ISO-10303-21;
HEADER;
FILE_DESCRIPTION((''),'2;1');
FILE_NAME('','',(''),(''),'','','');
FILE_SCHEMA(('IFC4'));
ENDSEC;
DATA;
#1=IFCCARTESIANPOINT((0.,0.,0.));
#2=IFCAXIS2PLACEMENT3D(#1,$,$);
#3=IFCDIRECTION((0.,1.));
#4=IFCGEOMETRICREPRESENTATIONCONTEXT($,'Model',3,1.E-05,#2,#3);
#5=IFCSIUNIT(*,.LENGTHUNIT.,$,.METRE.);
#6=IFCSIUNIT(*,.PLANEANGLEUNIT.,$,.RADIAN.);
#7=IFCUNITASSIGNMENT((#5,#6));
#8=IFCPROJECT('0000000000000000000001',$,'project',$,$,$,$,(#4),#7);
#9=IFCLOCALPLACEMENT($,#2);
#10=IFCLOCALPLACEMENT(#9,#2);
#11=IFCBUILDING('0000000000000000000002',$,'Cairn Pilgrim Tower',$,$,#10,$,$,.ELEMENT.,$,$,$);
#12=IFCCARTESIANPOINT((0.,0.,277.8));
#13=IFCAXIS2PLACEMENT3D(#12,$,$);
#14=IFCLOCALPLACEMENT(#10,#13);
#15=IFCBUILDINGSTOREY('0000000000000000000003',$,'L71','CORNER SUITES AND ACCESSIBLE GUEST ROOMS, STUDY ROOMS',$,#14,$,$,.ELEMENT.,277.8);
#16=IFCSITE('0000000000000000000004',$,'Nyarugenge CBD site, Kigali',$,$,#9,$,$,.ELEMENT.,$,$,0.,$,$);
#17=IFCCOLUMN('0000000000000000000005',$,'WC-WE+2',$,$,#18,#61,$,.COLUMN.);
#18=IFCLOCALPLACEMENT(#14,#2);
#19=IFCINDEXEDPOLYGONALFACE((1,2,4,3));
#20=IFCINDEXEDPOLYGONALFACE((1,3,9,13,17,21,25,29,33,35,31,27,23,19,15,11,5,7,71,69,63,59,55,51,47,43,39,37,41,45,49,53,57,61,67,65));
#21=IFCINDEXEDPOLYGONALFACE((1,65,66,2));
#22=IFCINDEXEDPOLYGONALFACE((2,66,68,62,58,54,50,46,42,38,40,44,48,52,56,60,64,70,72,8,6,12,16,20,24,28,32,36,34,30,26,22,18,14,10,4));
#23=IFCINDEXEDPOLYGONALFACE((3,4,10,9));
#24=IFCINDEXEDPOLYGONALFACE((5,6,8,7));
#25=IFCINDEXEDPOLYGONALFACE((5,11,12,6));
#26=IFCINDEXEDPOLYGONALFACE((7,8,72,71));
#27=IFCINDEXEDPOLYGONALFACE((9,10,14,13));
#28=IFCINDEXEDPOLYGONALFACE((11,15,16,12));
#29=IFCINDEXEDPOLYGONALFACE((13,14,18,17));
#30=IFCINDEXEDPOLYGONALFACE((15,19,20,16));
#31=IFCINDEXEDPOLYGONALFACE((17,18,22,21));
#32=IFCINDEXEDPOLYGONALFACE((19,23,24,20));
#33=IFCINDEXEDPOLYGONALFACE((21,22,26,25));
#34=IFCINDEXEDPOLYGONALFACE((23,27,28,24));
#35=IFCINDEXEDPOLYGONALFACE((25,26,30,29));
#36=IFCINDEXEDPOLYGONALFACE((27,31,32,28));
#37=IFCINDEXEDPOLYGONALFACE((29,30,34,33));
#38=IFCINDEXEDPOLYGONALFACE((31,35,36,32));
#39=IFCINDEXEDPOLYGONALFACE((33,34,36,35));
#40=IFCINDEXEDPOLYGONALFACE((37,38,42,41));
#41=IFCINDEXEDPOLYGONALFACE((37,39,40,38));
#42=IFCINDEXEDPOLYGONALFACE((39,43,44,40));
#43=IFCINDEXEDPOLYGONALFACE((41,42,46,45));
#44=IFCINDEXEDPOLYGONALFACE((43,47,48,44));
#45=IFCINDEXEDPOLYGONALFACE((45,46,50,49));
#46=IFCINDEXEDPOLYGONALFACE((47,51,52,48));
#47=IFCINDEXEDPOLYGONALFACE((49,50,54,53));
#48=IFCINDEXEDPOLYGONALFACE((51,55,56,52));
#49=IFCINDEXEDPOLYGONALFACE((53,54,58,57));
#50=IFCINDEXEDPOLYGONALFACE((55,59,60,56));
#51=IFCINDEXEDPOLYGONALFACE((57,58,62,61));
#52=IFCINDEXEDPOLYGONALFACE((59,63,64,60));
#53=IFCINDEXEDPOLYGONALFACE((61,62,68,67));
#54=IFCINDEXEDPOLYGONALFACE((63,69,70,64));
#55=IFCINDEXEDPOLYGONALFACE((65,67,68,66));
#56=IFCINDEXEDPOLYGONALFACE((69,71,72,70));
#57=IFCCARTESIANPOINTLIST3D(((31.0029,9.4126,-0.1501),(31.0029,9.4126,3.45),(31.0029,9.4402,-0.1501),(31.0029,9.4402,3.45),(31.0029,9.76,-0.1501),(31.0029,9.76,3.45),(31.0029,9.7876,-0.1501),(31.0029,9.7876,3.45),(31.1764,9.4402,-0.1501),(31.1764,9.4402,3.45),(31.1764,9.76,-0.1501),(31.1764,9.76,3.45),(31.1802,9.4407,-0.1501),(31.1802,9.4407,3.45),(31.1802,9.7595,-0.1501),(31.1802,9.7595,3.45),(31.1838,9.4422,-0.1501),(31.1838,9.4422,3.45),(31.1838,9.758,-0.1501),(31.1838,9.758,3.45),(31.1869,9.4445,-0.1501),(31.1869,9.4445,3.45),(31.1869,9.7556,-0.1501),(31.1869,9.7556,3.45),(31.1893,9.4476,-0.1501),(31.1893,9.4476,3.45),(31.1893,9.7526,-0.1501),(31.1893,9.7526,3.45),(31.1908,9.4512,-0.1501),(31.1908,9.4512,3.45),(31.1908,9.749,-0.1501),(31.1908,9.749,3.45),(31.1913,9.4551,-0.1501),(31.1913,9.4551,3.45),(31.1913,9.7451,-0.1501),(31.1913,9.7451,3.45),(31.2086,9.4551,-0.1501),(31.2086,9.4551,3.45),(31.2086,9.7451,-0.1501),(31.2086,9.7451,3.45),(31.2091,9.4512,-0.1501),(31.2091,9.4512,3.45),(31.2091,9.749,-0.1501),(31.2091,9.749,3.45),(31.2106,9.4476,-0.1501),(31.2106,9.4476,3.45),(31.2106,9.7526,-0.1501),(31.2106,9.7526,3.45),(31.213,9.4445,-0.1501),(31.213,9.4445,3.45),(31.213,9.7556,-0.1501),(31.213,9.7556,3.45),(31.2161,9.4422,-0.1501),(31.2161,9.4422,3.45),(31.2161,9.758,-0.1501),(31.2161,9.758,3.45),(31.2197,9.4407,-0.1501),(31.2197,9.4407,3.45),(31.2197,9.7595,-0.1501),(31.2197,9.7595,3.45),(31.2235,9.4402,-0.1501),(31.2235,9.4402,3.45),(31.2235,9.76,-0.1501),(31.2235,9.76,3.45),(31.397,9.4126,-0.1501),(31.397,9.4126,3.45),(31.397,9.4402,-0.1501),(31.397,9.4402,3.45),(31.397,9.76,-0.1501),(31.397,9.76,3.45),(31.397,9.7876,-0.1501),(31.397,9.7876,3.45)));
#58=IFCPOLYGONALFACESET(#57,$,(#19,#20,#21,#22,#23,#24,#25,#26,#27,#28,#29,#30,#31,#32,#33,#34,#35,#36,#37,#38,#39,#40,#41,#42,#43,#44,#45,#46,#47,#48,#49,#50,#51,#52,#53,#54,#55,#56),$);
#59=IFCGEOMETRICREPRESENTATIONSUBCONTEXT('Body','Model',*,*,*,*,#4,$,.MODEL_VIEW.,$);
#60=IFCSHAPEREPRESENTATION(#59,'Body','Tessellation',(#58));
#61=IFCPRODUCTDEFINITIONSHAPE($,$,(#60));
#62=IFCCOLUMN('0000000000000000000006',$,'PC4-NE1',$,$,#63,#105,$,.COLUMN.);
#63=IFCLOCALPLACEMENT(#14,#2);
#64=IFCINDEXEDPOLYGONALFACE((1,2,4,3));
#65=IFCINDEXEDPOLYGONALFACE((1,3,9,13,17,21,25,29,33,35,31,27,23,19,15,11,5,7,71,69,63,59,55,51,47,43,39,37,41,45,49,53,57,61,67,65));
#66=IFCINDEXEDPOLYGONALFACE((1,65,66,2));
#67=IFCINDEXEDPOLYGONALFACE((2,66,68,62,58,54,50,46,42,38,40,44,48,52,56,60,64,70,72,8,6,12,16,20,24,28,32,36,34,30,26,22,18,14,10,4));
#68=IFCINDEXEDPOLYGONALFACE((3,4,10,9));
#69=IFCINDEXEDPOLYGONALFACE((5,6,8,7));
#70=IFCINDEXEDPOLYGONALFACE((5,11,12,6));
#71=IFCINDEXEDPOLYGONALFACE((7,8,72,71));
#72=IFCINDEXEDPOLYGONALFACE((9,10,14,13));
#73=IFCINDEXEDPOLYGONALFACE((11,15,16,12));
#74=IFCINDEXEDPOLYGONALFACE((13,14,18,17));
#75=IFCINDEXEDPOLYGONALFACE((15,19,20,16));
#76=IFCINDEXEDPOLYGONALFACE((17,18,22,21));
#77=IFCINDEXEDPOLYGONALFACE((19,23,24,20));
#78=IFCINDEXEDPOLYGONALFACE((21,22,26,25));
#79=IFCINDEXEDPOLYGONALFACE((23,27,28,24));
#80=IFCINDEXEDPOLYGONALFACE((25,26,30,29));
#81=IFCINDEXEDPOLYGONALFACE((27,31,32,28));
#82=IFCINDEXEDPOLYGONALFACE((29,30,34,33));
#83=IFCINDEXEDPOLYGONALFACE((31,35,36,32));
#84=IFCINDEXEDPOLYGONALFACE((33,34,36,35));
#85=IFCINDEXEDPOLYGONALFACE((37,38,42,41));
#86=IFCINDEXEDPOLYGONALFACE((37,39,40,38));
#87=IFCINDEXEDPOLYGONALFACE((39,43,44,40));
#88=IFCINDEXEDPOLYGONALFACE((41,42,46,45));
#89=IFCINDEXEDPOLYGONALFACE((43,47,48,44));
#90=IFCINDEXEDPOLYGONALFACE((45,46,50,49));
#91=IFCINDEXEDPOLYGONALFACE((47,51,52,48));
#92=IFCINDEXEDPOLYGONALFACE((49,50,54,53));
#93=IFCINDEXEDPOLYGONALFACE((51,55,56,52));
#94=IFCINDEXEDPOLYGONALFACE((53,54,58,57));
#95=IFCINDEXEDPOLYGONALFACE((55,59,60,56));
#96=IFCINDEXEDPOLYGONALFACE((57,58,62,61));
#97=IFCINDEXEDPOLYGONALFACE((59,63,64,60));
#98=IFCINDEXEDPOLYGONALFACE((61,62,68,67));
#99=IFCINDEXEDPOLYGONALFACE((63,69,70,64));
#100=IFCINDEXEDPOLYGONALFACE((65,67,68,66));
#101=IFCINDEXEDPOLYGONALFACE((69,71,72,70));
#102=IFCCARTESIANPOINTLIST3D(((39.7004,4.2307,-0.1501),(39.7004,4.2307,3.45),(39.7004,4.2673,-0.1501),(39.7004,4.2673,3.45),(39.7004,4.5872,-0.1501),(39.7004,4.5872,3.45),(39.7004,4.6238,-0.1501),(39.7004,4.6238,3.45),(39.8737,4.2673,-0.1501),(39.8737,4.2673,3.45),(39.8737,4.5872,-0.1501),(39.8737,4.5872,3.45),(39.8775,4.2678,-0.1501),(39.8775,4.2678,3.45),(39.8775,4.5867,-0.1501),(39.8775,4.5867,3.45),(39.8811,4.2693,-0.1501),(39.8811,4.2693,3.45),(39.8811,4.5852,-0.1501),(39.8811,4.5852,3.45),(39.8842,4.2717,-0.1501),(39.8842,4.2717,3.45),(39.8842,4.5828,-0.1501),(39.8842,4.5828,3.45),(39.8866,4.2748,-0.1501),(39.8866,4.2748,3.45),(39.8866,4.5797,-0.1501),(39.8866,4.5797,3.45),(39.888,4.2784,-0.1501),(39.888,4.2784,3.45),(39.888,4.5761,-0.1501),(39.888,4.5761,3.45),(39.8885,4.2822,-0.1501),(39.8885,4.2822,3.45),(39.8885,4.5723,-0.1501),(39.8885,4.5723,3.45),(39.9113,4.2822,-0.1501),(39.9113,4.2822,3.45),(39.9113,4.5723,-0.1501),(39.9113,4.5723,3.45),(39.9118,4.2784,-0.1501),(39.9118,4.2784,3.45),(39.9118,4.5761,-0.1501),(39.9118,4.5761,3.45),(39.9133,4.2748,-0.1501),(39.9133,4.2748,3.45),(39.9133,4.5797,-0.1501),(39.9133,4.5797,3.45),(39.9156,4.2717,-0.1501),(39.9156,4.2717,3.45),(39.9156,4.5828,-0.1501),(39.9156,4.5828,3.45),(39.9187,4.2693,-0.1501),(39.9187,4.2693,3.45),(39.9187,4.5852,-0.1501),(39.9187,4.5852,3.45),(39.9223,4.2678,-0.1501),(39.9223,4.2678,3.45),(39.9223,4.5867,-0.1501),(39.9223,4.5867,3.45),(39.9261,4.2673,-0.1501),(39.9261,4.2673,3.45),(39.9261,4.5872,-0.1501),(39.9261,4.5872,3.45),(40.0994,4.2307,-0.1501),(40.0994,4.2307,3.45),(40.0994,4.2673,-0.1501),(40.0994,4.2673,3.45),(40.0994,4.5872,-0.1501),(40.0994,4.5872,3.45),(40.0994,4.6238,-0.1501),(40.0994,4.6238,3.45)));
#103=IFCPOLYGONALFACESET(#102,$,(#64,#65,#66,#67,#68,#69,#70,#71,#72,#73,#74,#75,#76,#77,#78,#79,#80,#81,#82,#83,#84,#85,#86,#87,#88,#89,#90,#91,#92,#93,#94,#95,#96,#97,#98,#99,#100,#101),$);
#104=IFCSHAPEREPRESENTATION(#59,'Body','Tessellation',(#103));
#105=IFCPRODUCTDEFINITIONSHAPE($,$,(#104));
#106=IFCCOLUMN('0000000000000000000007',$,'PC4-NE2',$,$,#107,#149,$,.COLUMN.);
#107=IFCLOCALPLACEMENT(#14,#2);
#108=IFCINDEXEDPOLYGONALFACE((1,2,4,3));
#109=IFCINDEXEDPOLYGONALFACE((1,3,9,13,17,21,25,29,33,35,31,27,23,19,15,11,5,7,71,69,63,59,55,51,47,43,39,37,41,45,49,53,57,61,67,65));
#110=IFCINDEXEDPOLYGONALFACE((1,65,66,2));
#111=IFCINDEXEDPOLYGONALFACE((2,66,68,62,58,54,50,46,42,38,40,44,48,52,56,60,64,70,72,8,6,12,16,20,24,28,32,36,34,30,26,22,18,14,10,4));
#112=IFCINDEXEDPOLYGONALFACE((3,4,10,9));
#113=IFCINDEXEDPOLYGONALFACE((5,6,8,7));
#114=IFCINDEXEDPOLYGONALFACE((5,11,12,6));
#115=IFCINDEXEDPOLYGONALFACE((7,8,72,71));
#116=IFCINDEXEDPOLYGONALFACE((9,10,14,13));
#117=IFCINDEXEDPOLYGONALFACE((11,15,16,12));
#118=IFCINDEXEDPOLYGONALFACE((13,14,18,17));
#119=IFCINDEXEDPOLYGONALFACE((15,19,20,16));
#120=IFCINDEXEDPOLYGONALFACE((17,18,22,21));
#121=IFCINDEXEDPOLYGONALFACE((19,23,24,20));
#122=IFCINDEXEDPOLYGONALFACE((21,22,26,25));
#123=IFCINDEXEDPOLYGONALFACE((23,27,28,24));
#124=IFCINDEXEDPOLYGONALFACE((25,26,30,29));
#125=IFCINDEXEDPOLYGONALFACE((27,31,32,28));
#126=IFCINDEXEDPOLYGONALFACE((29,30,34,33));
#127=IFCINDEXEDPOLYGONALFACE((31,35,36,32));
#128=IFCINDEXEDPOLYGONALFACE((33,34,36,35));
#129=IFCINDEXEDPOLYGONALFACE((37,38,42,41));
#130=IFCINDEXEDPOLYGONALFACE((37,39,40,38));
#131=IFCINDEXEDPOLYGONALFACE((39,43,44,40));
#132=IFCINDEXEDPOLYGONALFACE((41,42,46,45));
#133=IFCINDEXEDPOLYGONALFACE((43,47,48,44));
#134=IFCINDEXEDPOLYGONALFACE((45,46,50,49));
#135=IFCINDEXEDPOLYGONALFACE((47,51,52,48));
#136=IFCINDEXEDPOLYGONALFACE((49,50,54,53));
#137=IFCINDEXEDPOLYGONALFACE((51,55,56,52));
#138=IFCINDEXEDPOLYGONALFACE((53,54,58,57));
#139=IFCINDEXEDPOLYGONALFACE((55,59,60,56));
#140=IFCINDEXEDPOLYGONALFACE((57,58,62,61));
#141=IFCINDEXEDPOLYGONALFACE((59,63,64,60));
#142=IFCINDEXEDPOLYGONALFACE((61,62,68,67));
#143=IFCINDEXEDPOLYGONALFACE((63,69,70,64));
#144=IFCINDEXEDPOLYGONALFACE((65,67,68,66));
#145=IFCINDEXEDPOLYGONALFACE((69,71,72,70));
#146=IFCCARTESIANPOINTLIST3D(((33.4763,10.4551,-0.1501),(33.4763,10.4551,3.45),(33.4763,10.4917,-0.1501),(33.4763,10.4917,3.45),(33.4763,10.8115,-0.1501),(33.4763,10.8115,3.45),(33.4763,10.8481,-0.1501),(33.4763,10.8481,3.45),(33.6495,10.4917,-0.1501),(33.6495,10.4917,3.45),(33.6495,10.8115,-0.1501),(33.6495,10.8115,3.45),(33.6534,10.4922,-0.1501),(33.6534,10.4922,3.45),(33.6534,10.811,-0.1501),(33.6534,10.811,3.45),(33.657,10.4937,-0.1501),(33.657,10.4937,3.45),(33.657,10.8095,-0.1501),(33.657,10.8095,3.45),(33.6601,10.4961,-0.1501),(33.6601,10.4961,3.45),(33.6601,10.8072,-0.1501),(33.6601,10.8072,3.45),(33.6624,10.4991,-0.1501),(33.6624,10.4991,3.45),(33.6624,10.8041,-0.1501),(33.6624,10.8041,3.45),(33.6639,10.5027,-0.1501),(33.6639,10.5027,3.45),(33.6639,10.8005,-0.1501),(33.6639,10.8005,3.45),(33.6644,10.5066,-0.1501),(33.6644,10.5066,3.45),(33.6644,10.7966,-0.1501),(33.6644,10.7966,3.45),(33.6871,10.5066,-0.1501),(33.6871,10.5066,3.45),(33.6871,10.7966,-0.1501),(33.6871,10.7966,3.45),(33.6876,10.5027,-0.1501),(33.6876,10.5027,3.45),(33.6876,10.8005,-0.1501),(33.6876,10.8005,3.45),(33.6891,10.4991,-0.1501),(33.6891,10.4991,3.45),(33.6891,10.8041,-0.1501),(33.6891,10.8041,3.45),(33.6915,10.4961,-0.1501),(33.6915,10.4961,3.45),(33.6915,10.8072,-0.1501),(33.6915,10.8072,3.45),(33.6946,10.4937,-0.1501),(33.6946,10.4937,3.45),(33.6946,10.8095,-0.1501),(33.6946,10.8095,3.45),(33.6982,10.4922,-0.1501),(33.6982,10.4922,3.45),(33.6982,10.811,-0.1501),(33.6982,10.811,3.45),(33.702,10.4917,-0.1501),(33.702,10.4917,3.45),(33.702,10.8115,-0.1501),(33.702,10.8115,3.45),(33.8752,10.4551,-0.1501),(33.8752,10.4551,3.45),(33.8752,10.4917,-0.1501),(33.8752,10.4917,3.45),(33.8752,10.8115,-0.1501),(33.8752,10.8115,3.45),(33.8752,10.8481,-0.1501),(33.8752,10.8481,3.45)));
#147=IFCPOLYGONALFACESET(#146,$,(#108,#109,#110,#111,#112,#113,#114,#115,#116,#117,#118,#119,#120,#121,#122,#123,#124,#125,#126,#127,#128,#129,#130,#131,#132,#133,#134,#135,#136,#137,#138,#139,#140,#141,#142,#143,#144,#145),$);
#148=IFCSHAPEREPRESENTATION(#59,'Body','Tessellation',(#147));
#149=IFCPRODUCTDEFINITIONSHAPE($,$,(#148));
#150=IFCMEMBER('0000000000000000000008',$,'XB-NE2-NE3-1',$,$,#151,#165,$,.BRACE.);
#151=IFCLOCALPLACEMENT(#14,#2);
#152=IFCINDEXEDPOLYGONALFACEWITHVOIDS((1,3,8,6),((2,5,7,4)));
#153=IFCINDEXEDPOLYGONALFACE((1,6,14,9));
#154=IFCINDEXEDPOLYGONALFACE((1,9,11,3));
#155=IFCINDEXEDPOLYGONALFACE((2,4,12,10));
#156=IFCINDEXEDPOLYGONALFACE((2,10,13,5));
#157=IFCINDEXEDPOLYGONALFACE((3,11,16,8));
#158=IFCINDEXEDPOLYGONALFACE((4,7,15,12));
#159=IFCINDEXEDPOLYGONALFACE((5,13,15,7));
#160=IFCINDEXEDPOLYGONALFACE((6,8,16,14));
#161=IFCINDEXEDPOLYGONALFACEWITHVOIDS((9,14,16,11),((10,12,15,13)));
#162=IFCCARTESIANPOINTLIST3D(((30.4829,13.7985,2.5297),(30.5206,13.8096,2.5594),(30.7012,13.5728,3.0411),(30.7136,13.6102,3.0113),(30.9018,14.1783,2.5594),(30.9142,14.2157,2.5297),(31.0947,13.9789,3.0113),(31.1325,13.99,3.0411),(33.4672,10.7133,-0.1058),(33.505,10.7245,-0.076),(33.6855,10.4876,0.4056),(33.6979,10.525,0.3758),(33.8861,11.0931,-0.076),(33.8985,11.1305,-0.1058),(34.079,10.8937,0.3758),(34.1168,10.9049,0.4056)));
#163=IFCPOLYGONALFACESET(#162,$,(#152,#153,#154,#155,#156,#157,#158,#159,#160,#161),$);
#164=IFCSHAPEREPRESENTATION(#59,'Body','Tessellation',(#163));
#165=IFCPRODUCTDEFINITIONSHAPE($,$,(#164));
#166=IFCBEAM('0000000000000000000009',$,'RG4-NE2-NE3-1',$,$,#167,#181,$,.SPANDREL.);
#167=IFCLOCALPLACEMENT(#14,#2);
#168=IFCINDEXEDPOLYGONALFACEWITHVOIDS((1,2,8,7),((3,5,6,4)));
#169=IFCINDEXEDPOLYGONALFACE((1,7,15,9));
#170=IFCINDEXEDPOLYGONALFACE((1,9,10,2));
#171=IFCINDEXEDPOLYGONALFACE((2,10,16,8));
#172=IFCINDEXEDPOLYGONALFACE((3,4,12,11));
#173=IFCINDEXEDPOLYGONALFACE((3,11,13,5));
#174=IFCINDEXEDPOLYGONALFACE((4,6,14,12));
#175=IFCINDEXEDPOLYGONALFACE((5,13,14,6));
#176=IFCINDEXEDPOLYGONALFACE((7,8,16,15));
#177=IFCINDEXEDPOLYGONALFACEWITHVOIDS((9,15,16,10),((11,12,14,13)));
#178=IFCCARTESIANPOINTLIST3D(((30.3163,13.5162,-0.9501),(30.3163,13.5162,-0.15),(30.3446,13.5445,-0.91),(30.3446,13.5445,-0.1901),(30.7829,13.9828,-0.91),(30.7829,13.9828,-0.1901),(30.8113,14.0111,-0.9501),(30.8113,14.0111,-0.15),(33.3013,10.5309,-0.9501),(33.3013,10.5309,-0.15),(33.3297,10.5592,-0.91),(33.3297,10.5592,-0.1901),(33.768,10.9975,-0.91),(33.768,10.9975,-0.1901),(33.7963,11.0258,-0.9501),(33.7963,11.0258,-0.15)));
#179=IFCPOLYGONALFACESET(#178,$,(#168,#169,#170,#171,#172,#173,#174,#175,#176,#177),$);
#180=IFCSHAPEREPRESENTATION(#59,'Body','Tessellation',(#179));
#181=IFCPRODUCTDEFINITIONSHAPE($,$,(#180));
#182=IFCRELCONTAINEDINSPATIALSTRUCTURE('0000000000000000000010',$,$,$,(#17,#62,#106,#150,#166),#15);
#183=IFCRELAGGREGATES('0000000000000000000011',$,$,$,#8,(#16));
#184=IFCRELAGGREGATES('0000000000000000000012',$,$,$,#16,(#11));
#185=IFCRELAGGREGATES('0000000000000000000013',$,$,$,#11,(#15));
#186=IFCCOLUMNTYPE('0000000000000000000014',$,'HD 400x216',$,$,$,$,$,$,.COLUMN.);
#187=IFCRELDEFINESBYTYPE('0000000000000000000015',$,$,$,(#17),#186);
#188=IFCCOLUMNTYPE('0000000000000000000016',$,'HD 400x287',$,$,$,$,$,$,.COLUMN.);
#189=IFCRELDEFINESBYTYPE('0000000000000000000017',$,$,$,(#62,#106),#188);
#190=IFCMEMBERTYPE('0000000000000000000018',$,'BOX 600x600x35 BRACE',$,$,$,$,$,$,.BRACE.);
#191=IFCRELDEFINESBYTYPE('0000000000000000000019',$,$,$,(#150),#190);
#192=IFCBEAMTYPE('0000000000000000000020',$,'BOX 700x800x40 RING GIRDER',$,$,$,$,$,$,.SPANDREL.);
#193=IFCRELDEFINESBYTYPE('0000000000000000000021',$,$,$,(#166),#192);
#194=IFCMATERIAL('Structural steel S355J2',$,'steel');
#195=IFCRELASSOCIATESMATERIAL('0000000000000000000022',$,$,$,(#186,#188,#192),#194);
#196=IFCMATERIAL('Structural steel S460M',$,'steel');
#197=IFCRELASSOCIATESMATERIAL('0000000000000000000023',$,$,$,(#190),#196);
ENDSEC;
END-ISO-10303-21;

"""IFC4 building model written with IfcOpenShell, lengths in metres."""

from ifc_helpers import new_model, si_unit, direction, frame, origin, origin_2d, place, context, subcontext, project, spatial, hollow_rectangle, i_section, extrude, material, material_profile, profile_set, type_object, element, save


model = new_model("IFC4")

# Units and contexts
model_context = context("Model", 3, precision=1e-05, world=origin(), true_north=direction((0.0, 1.0)))
body_context = subcontext(model_context, "Body", "Model", "MODEL_VIEW")
ifc_project = project(units=[si_unit("LENGTHUNIT", "METRE"), si_unit("PLANEANGLEUNIT", "RADIAN")], contexts=[model_context])

# Site, building, storey
site_placement = place(None, origin())
site = spatial("IfcSite", under=ifc_project, at=site_placement, Name="Nyarugenge CBD site, Kigali", CompositionType="ELEMENT", RefElevation=0.0)
building_placement = place(site_placement, origin())
building = spatial("IfcBuilding", under=site, at=building_placement, Name="Cairn Pilgrim Tower", CompositionType="ELEMENT")
storey_placement = place(building_placement, frame((0.0, 0.0, 277.8)))
storey = spatial("IfcBuildingStorey", under=building, at=storey_placement, Name="L71", Description="CORNER SUITES AND ACCESSIBLE GUEST ROOMS, STUDY ROOMS", CompositionType="ELEMENT", Elevation=277.8)

# Columns
ifc_material_1 = material(Name="Structural steel S355J2", Category="steel")
ifc_material_profile_1 = material_profile(ifc_material_1, i_section(OverallWidth=0.394, OverallDepth=0.375, WebThickness=0.0173, FlangeThickness=0.0276, FilletRadius=0.0149, at=origin_2d()), Name="HD 400x216")
ifc_profile_set_1 = profile_set([ifc_material_profile_1], Name="Structural steel S355J2")
column_type_1 = type_object("IfcColumnType", Name="HD 400x216", PredefinedType="COLUMN", material=ifc_profile_set_1)
column_placement = place(storey_placement, frame((31.2, 9.6001, -0.1501), z_axis=(0.0, 0.0, 1.0), x_axis=(1.0, 0.0, 0.0)))
element("IfcColumn", 1, at=column_placement, inside=storey, type_object=column_type_1, Name="WC-WE+2", PredefinedType="COLUMN", context=body_context, shape_type="SweptSolid", body=[
    extrude(i_section(OverallWidth=0.394, OverallDepth=0.375, WebThickness=0.0173, FlangeThickness=0.0276, FilletRadius=0.0149, at=origin_2d()), origin(), (0.0, 0.0, 1.0), 3.6001),
])
ifc_material_profile_2 = material_profile(ifc_material_1, i_section(OverallWidth=0.3989, OverallDepth=0.3931, WebThickness=0.0227, FlangeThickness=0.0366, FilletRadius=0.0149, at=origin_2d()), Name="HD 400x287")
ifc_profile_set_2 = profile_set([ifc_material_profile_2], Name="Structural steel S355J2")
column_type_2 = type_object("IfcColumnType", Name="HD 400x287", PredefinedType="COLUMN", material=ifc_profile_set_2)
for number, where, z_axis, x_axis, name in (
    (2, (39.8999, 4.4272, -0.1501), (0.0, 0.0, 1.0), (1.0, 0.0, 0.0), "PC4-NE1"),
    (3, (33.6758, 10.6516, -0.1501), (0.0, 0.0, 1.0), (1.0, 0.0, 0.0), "PC4-NE2"),
):
    element("IfcColumn", number, at=place(storey_placement, frame(where, z_axis=z_axis, x_axis=x_axis)), inside=storey, type_object=column_type_2, Name=name, PredefinedType="COLUMN", context=body_context, shape_type="SweptSolid", body=[
        extrude(i_section(OverallWidth=0.3989, OverallDepth=0.3931, WebThickness=0.0227, FlangeThickness=0.0366, FilletRadius=0.0149, at=origin_2d()), origin(), (0.0, 0.0, 1.0), 3.6001),
    ])

# Member
ifc_material_2 = material(Name="Structural steel S460M", Category="steel")
ifc_material_profile_3 = material_profile(ifc_material_2, hollow_rectangle(XDim=0.6001, YDim=0.6001, WallThickness=0.0349, at=origin_2d()), Name="BOX 600x600x35")
ifc_profile_set_3 = profile_set([ifc_material_profile_3], Name="Structural steel S460M")
member_type_1 = type_object("IfcMemberType", Name="BOX 600x600x35 BRACE", PredefinedType="BRACE", material=ifc_profile_set_3)
member_1_placement = place(storey_placement, frame((33.792, 10.8091, 0.1499), z_axis=(-0.592497, 0.612515, 0.523233), x_axis=(-0.718754, -0.695264, 0.0)))
element("IfcMember", 4, at=member_1_placement, inside=storey, type_object=member_type_1, Name="XB-NE2-NE3-1", PredefinedType="BRACE", context=body_context, shape_type="SweptSolid", body=[
    extrude(hollow_rectangle(XDim=0.6001, YDim=0.6001, WallThickness=0.0349, at=origin_2d()), origin(), (0.0, 0.0, 1.0), 5.0369),
])

# Beam
ifc_material_profile_4 = material_profile(ifc_material_1, hollow_rectangle(XDim=0.7, YDim=0.8, WallThickness=0.04, at=origin_2d()), Name="BOX 700x800x40")
ifc_profile_set_4 = profile_set([ifc_material_profile_4], Name="Structural steel S355J2")
beam_type_1 = type_object("IfcBeamType", Name="BOX 700x800x40 RING GIRDER", PredefinedType="SPANDREL", material=ifc_profile_set_4)
beam_1_placement = place(storey_placement, frame((33.5488, 10.7783, -0.55), z_axis=(-0.707078, 0.707136, 0.0), x_axis=(-0.707136, -0.707078, 0.0)))
element("IfcBeam", 5, at=beam_1_placement, inside=storey, type_object=beam_type_1, Name="RG4-NE2-NE3-1", PredefinedType="SPANDREL", context=body_context, shape_type="SweptSolid", body=[
    extrude(hollow_rectangle(XDim=0.7, YDim=0.8, WallThickness=0.04, at=origin_2d()), origin(), (0.0, 0.0, 1.0), 4.2217),
])

save(model, "model.ifc")
